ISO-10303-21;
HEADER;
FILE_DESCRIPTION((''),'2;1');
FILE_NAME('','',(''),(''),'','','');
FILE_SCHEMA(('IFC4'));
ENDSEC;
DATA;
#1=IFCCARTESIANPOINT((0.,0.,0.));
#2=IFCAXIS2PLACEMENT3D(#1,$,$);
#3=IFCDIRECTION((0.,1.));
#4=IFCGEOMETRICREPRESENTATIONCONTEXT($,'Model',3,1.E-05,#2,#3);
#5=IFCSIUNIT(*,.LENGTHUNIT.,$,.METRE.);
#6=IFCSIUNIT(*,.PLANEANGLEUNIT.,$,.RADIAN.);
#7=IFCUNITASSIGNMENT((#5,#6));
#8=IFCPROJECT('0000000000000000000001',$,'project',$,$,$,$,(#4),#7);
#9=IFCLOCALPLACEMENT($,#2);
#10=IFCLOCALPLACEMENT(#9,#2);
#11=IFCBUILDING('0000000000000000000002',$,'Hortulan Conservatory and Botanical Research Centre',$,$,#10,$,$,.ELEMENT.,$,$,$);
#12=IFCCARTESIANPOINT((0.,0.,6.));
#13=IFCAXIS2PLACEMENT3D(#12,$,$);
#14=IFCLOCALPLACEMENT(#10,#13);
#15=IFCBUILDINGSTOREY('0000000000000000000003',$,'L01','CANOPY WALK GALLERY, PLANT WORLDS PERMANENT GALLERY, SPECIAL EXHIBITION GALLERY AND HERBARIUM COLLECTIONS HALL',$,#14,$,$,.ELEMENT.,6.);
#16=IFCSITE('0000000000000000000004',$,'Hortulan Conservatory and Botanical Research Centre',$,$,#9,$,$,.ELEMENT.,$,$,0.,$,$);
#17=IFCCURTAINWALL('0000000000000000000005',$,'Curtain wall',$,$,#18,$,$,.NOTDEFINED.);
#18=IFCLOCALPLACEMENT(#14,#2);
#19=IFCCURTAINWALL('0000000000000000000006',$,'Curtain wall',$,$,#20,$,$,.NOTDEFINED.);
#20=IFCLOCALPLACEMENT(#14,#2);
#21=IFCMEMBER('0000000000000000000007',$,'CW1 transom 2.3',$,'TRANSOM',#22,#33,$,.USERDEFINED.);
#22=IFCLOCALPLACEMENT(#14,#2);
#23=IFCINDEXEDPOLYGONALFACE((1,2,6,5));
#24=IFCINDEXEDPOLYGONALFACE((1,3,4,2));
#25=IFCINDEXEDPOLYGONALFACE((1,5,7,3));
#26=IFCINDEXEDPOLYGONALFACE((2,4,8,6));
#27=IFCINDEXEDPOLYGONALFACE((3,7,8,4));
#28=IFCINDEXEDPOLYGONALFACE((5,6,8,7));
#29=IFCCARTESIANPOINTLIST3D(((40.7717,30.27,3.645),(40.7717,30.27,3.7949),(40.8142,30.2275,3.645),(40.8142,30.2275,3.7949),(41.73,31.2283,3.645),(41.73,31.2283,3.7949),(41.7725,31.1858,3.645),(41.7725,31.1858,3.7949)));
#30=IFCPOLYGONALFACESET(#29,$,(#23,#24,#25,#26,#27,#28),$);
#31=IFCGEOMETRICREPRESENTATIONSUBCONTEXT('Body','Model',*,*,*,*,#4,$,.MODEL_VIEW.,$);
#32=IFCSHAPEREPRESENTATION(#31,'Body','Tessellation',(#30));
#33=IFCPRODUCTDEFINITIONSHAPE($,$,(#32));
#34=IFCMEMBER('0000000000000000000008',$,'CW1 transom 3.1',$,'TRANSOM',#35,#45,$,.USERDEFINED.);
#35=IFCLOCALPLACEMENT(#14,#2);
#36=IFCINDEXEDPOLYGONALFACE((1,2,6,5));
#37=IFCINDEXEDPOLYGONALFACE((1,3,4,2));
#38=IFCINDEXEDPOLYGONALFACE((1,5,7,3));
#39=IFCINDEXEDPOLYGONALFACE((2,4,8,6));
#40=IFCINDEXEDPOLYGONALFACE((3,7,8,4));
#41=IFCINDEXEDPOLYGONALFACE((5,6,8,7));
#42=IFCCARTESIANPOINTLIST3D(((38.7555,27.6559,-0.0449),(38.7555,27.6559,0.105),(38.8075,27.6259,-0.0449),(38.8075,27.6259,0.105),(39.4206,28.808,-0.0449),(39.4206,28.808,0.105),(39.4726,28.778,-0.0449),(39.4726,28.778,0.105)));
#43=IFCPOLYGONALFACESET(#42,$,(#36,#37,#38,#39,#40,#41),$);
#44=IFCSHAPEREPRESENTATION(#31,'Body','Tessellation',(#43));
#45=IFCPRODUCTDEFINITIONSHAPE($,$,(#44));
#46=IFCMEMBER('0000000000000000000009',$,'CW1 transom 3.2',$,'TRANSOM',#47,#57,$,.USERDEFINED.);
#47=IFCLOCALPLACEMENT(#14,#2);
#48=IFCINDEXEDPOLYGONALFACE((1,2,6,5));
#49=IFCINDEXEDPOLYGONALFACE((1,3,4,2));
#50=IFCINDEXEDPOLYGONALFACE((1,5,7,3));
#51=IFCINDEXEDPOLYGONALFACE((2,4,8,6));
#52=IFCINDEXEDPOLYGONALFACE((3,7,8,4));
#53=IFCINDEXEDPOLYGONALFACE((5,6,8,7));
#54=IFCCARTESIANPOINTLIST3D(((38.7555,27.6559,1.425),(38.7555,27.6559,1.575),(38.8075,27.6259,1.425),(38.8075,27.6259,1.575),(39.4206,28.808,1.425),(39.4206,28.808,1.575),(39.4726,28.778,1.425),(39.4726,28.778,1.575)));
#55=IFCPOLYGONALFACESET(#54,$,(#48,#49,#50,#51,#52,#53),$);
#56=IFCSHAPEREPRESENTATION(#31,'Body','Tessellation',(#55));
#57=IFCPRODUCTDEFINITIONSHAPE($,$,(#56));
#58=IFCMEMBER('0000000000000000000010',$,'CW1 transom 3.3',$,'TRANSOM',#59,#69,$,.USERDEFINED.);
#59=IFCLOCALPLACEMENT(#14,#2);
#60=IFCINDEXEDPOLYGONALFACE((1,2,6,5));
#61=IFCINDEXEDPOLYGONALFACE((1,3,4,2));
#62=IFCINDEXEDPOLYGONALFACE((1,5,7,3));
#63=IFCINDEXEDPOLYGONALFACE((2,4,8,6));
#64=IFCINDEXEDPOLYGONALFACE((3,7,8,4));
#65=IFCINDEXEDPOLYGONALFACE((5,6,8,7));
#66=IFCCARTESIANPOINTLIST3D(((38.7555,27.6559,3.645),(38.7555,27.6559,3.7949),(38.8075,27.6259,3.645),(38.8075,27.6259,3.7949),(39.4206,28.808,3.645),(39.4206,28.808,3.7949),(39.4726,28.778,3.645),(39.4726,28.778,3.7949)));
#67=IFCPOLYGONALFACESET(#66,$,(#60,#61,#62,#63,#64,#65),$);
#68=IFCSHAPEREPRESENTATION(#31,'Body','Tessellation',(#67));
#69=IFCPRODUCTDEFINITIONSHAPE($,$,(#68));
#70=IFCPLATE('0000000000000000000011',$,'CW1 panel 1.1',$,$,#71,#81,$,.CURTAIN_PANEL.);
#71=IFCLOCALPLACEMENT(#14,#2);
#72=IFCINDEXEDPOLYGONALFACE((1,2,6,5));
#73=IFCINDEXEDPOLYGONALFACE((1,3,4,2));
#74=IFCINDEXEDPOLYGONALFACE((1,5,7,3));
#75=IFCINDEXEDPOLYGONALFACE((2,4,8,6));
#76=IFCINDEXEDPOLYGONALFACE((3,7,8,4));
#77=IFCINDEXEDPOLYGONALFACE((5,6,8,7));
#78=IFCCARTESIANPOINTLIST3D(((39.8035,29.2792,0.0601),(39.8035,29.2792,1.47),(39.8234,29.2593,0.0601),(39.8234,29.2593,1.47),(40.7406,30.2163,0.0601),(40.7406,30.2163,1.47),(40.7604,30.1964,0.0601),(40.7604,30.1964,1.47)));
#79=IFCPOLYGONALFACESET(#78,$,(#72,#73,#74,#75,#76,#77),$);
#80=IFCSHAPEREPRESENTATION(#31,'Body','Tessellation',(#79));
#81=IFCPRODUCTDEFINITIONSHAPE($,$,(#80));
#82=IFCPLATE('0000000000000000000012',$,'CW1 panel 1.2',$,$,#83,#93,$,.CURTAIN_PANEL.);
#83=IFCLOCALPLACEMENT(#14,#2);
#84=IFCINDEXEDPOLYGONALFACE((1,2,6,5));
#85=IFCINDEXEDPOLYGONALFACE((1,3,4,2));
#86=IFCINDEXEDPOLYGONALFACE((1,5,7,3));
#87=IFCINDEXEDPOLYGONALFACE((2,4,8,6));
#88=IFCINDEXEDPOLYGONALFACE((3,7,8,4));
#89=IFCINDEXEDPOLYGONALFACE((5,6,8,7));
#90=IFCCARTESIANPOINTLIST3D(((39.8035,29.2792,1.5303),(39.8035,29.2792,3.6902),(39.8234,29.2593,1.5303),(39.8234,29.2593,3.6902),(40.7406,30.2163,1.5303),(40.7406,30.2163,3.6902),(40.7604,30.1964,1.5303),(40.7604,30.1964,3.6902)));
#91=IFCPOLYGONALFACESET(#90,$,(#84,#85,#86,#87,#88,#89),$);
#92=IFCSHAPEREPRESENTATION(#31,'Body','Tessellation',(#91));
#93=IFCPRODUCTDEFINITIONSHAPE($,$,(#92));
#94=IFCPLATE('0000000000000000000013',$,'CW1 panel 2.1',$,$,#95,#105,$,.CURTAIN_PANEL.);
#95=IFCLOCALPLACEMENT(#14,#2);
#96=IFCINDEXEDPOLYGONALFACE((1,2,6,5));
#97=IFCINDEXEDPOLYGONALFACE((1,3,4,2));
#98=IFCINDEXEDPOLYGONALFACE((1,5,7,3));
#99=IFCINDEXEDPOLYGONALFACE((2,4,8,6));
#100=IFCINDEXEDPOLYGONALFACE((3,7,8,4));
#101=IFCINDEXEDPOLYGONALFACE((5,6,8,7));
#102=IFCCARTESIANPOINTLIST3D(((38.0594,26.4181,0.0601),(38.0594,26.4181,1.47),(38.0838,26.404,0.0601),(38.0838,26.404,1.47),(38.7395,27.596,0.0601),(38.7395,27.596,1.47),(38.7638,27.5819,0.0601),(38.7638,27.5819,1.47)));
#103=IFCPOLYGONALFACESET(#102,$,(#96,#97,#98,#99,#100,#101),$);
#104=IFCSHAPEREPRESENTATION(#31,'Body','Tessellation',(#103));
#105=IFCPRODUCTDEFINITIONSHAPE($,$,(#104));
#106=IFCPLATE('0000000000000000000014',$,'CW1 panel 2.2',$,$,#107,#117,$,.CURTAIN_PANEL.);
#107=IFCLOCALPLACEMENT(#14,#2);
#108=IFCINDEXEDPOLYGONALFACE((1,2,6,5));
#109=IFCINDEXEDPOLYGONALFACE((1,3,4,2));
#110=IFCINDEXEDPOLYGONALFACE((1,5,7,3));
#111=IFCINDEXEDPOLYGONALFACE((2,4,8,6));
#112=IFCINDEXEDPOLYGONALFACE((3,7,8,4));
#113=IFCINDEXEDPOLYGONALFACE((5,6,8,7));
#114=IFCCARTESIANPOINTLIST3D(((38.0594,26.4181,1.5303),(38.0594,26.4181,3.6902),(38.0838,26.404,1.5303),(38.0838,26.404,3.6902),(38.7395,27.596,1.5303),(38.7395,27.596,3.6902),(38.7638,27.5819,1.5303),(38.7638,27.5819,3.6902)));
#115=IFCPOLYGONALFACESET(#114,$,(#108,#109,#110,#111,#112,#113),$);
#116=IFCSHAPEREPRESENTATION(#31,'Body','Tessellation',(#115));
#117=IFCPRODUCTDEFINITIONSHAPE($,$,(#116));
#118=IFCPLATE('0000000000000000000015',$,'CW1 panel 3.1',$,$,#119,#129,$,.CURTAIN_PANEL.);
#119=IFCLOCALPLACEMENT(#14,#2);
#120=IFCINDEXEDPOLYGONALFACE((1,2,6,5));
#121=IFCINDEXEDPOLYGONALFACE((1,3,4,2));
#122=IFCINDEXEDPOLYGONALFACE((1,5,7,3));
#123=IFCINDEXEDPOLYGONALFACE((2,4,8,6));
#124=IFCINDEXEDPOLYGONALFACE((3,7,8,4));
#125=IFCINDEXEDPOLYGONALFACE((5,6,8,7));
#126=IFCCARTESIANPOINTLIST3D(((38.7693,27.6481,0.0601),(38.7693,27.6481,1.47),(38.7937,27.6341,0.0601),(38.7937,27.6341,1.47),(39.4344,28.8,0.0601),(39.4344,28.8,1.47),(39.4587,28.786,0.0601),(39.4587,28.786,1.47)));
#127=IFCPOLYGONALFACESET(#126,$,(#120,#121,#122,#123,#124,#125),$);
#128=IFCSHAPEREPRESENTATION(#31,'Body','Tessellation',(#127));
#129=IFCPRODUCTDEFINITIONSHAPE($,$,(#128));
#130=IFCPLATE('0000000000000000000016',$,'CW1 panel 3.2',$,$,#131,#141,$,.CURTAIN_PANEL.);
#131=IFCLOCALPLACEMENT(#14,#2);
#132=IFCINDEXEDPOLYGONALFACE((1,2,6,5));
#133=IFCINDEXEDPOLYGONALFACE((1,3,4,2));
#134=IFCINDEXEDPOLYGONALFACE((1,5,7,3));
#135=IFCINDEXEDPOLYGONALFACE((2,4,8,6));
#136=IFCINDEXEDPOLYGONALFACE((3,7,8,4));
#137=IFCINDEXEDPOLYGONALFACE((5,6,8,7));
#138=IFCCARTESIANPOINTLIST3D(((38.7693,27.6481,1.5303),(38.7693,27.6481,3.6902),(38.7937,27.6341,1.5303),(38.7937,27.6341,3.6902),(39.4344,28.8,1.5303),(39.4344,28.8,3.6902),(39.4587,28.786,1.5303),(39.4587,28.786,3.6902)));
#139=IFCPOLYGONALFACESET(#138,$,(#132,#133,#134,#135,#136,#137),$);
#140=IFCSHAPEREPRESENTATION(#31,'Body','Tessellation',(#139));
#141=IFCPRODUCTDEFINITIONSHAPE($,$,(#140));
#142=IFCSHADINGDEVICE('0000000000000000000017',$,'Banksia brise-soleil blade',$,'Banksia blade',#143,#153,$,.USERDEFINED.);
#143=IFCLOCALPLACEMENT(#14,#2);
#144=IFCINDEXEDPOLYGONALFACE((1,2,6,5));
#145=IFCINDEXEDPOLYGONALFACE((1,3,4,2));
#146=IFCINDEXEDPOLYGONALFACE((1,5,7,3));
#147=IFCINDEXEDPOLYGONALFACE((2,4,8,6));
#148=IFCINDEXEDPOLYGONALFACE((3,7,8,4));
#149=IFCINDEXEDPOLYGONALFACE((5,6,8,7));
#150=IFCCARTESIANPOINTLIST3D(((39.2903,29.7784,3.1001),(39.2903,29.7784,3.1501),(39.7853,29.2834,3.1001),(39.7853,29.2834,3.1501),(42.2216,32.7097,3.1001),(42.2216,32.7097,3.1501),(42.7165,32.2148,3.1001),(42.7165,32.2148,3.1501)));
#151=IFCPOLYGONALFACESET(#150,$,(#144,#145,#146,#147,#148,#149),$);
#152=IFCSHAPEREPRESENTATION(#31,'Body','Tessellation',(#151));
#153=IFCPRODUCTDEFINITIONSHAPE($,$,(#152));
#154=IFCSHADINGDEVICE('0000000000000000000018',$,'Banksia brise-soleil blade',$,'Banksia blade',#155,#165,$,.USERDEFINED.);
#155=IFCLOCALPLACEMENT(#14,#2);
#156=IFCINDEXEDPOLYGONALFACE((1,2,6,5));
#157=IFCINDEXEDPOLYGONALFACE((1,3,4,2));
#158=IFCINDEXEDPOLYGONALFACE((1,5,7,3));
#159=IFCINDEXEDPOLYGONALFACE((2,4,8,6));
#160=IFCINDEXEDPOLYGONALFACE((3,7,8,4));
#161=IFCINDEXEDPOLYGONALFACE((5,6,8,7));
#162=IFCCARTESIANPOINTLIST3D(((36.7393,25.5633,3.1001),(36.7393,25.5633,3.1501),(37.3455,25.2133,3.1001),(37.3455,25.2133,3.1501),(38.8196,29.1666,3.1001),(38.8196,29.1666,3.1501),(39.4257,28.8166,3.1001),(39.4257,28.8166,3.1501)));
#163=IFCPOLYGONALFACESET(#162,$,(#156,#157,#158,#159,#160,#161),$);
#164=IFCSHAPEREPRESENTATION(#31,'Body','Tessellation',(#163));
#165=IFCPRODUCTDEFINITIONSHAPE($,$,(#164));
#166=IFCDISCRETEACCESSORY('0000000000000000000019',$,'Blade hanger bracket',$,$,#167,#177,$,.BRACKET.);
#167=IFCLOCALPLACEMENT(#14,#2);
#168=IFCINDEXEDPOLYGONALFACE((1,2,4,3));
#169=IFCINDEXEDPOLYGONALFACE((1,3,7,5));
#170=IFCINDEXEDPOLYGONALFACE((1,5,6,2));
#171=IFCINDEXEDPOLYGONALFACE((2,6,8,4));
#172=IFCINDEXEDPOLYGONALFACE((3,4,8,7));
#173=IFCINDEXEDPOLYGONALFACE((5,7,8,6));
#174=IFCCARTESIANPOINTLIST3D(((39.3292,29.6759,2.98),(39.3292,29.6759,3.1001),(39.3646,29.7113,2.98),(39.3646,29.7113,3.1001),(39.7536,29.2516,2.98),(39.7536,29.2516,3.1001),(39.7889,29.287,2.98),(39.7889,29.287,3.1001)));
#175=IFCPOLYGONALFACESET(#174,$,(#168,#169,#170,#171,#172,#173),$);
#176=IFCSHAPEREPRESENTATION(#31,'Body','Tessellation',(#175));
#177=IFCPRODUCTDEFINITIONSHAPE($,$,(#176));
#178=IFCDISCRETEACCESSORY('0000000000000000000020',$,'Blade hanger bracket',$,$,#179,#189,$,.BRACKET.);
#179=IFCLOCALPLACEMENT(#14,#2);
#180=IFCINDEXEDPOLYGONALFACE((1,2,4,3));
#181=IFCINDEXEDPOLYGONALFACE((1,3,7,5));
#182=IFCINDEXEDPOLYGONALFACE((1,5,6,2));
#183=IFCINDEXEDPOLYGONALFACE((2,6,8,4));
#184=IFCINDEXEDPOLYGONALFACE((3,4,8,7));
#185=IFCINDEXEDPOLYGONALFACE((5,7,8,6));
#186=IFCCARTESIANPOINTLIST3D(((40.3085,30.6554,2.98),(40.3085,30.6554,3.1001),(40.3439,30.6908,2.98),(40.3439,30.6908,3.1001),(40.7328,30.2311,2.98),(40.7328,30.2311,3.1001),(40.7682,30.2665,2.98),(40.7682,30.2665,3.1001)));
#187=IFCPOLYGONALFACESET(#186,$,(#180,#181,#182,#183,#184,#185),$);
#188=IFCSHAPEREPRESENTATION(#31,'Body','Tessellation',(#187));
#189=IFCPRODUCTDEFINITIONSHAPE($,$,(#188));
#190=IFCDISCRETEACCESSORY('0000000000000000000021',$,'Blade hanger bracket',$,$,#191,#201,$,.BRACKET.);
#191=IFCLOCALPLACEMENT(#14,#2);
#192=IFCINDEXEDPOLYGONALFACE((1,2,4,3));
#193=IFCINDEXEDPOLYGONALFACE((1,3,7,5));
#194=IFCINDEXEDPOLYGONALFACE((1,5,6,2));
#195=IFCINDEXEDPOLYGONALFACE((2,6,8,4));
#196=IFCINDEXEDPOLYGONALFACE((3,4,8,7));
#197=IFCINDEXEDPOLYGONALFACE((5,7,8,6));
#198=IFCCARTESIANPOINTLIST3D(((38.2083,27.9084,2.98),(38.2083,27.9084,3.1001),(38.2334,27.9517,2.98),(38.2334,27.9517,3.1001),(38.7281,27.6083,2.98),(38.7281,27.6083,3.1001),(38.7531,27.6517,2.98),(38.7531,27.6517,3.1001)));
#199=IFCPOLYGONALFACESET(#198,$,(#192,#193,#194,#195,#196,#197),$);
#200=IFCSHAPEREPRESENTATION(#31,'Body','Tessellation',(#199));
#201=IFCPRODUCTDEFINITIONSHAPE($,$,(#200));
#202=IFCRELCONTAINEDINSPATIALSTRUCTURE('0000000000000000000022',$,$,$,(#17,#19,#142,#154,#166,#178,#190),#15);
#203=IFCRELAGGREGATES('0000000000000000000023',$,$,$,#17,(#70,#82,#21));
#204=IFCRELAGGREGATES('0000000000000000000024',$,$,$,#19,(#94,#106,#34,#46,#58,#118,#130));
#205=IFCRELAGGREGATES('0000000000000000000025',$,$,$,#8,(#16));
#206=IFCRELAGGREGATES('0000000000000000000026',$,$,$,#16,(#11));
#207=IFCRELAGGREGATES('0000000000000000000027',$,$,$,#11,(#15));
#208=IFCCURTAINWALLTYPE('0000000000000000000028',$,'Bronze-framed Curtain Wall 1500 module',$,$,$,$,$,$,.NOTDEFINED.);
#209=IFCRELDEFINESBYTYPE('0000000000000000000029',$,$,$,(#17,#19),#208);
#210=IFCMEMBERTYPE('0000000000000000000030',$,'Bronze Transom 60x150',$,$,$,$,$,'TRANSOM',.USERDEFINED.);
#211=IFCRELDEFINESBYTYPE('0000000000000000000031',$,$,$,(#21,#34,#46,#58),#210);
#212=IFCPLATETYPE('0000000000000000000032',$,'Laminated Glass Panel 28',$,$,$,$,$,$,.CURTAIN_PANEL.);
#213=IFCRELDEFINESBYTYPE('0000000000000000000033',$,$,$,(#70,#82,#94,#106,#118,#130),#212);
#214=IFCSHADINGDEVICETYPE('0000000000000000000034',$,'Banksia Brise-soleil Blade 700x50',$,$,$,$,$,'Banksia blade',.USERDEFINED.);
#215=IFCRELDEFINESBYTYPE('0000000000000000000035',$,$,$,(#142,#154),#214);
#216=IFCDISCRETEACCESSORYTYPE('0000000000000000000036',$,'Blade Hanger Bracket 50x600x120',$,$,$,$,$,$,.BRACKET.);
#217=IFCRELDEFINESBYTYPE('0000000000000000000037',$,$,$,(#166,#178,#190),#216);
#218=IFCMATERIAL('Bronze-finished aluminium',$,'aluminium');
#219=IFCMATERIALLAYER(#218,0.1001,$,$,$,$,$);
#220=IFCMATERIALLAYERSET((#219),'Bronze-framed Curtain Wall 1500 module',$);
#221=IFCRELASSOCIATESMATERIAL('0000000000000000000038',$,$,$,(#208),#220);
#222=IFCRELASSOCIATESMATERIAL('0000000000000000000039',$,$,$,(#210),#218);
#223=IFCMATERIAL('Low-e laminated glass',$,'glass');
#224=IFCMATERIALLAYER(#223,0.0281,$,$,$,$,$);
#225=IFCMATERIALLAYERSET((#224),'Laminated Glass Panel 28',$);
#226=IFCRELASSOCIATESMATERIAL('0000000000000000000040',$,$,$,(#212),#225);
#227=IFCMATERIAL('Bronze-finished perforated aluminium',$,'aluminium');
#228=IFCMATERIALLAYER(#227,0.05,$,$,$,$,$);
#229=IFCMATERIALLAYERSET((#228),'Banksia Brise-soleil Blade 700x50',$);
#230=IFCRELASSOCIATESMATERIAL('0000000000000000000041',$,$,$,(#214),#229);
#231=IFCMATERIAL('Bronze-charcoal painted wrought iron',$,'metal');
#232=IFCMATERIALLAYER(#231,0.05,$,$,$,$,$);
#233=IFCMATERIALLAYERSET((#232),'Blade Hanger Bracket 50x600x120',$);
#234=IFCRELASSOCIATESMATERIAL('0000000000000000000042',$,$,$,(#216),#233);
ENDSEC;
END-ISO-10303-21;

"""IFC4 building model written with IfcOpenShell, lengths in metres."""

from ifc_helpers import new_model, si_unit, direction, frame, origin, origin_2d, place, context, subcontext, project, spatial, rectangle, extrude, material, layer, layer_set, material_profile, profile_set, type_object, element, aggregate, save


model = new_model("IFC4")

# Units and contexts
model_context = context("Model", 3, precision=1e-05, world=origin(), true_north=direction((0.0, 1.0)))
body_context = subcontext(model_context, "Body", "Model", "MODEL_VIEW")
ifc_project = project(units=[si_unit("LENGTHUNIT", "METRE"), si_unit("PLANEANGLEUNIT", "RADIAN")], contexts=[model_context])

# Site, building, storey
site_placement = place(None, origin())
site = spatial("IfcSite", under=ifc_project, at=site_placement, Name="Hortulan Conservatory and Botanical Research Centre", CompositionType="ELEMENT", RefElevation=0.0)
building_placement = place(site_placement, origin())
building = spatial("IfcBuilding", under=site, at=building_placement, Name="Hortulan Conservatory and Botanical Research Centre", CompositionType="ELEMENT")
storey_placement = place(building_placement, frame((0.0, 0.0, 6.0)))
storey = spatial("IfcBuildingStorey", under=building, at=storey_placement, Name="L01", Description="CANOPY WALK GALLERY, PLANT WORLDS PERMANENT GALLERY, SPECIAL EXHIBITION GALLERY AND HERBARIUM COLLECTIONS HALL", CompositionType="ELEMENT", Elevation=6.0)

# Curtain walls
ifc_material_1 = material(Name="Bronze-finished aluminium", Category="aluminium")
ifc_layer_1 = layer(ifc_material_1, 0.1001)
ifc_layer_set_1 = layer_set([ifc_layer_1], Name="Bronze-framed Curtain Wall 1500 module")
curtain_wall_type = type_object("IfcCurtainWallType", Name="Bronze-framed Curtain Wall 1500 module", PredefinedType="NOTDEFINED", material=ifc_layer_set_1)
curtain_wall_1_placement = place(storey_placement, origin())
curtain_wall_1 = element("IfcCurtainWall", 1, at=curtain_wall_1_placement, inside=storey, type_object=curtain_wall_type, Name="Curtain wall", PredefinedType="NOTDEFINED")
curtain_wall_2_placement = place(storey_placement, origin())
curtain_wall_2 = element("IfcCurtainWall", 2, at=curtain_wall_2_placement, inside=storey, type_object=curtain_wall_type, Name="Curtain wall", PredefinedType="NOTDEFINED")

# Members
ifc_material_profile_1 = material_profile(ifc_material_1, rectangle(XDim=0.0601, YDim=0.1499, at=origin_2d()), Name="Bronze Transom 60x150")
ifc_profile_set_1 = profile_set([ifc_material_profile_1], Name="Bronze-finished aluminium")
member_type_1 = type_object("IfcMemberType", Name="Bronze Transom 60x150", ElementType="TRANSOM", PredefinedType="USERDEFINED", material=ifc_profile_set_1)
member_1_placement = place(storey_placement, frame((40.793, 30.2488, 3.72), z_axis=(0.707107, 0.707107, 0.0), x_axis=(-0.707107, 0.707107, 0.0)))
member_1 = element("IfcMember", 3, at=member_1_placement, type_object=member_type_1, Name="CW1 transom 2.3", ObjectType="TRANSOM", PredefinedType="USERDEFINED", context=body_context, shape_type="SweptSolid", body=[
    extrude(rectangle(XDim=0.0601, YDim=0.1499, at=origin_2d()), origin(), (0.0, 0.0, 1.0), 1.3552),
])
member_2_placement = place(storey_placement, frame((38.7815, 27.6409, 0.03), z_axis=(0.499929, 0.866066, 0.0), x_axis=(-0.866066, 0.499929, 0.0)))
member_2 = element("IfcMember", 4, at=member_2_placement, type_object=member_type_1, Name="CW1 transom 3.1", ObjectType="TRANSOM", PredefinedType="USERDEFINED", context=body_context, shape_type="SweptSolid", body=[
    extrude(rectangle(XDim=0.0601, YDim=0.1499, at=origin_2d()), origin(), (0.0, 0.0, 1.0), 1.3303),
])
member_3_placement = place(storey_placement, frame((38.7815, 27.6409, 1.5), z_axis=(0.499929, 0.866066, 0.0), x_axis=(-0.866066, 0.499929, 0.0)))
member_3 = element("IfcMember", 5, at=member_3_placement, type_object=member_type_1, Name="CW1 transom 3.2", ObjectType="TRANSOM", PredefinedType="USERDEFINED", context=body_context, shape_type="SweptSolid", body=[
    extrude(rectangle(XDim=0.0601, YDim=0.1499, at=origin_2d()), origin(), (0.0, 0.0, 1.0), 1.3303),
])
member_4_placement = place(storey_placement, frame((38.7815, 27.6409, 3.72), z_axis=(0.499929, 0.866066, 0.0), x_axis=(-0.866066, 0.499929, 0.0)))
member_4 = element("IfcMember", 6, at=member_4_placement, type_object=member_type_1, Name="CW1 transom 3.3", ObjectType="TRANSOM", PredefinedType="USERDEFINED", context=body_context, shape_type="SweptSolid", body=[
    extrude(rectangle(XDim=0.0601, YDim=0.1499, at=origin_2d()), origin(), (0.0, 0.0, 1.0), 1.3303),
])

# Plates
ifc_material_2 = material(Name="Low-e laminated glass", Category="glass")
ifc_layer_2 = layer(ifc_material_2, 0.0281)
ifc_layer_set_2 = layer_set([ifc_layer_2], Name="Laminated Glass Panel 28")
plate_type = type_object("IfcPlateType", Name="Laminated Glass Panel 28", PredefinedType="CURTAIN_PANEL", material=ifc_layer_set_2)
plate_1_placement = place(storey_placement, frame((40.282, 29.7378, 0.0601), z_axis=(0.0, 0.0, 1.0), x_axis=(0.707095, 0.707119, 0.0)))
plate_1 = element("IfcPlate", 7, at=plate_1_placement, type_object=plate_type, Name="CW1 panel 1.1", PredefinedType="CURTAIN_PANEL", context=body_context, shape_type="SweptSolid", body=[
    extrude(rectangle(XDim=1.3252, YDim=0.0281, at=origin_2d()), origin(), (0.0, 0.0, 1.0), 1.4099),
])
plate_2_placement = place(storey_placement, frame((40.282, 29.7378, 1.5303), z_axis=(0.0, 0.0, 1.0), x_axis=(0.707095, 0.707119, 0.0)))
plate_2 = element("IfcPlate", 8, at=plate_2_placement, type_object=plate_type, Name="CW1 panel 1.2", PredefinedType="CURTAIN_PANEL", context=body_context, shape_type="SweptSolid", body=[
    extrude(rectangle(XDim=1.3252, YDim=0.0281, at=origin_2d()), origin(), (0.0, 0.0, 1.0), 2.1599),
])
aggregate(curtain_wall_1, [plate_1, plate_2, member_1])
plate_3_placement = place(storey_placement, frame((38.4116, 27.0, 0.0601), z_axis=(0.0, 0.0, 1.0), x_axis=(0.499981, 0.866036, 0.0)))
plate_3 = element("IfcPlate", 9, at=plate_3_placement, type_object=plate_type, Name="CW1 panel 2.1", PredefinedType="CURTAIN_PANEL", context=body_context, shape_type="SweptSolid", body=[
    extrude(rectangle(XDim=1.3601, YDim=0.0281, at=origin_2d()), origin(), (0.0, 0.0, 1.0), 1.4099),
])
plate_4_placement = place(storey_placement, frame((38.4116, 27.0, 1.5303), z_axis=(0.0, 0.0, 1.0), x_axis=(0.499981, 0.866036, 0.0)))
plate_4 = element("IfcPlate", 10, at=plate_4_placement, type_object=plate_type, Name="CW1 panel 2.2", PredefinedType="CURTAIN_PANEL", context=body_context, shape_type="SweptSolid", body=[
    extrude(rectangle(XDim=1.3601, YDim=0.0281, at=origin_2d()), origin(), (0.0, 0.0, 1.0), 2.1599),
])
plate_5_placement = place(storey_placement, frame((39.114, 28.217, 0.0601), z_axis=(0.0, 0.0, 1.0), x_axis=(0.499981, 0.866036, 0.0)))
plate_5 = element("IfcPlate", 11, at=plate_5_placement, type_object=plate_type, Name="CW1 panel 3.1", PredefinedType="CURTAIN_PANEL", context=body_context, shape_type="SweptSolid", body=[
    extrude(rectangle(XDim=1.3301, YDim=0.0281, at=origin_2d()), origin(), (0.0, 0.0, 1.0), 1.4099),
])
plate_6_placement = place(storey_placement, frame((39.114, 28.217, 1.5303), z_axis=(0.0, 0.0, 1.0), x_axis=(0.499981, 0.866036, 0.0)))
plate_6 = element("IfcPlate", 12, at=plate_6_placement, type_object=plate_type, Name="CW1 panel 3.2", PredefinedType="CURTAIN_PANEL", context=body_context, shape_type="SweptSolid", body=[
    extrude(rectangle(XDim=1.3301, YDim=0.0281, at=origin_2d()), origin(), (0.0, 0.0, 1.0), 2.1599),
])
aggregate(curtain_wall_2, [plate_3, plate_4, member_2, member_3, member_4, plate_5, plate_6])

# Shading devices
ifc_material_3 = material(Name="Bronze-finished perforated aluminium", Category="aluminium")
ifc_layer_3 = layer(ifc_material_3, 0.05)
ifc_layer_set_3 = layer_set([ifc_layer_3], Name="Banksia Brise-soleil Blade 700x50")
shading_device_type = type_object("IfcShadingDeviceType", Name="Banksia Brise-soleil Blade 700x50", ElementType="Banksia blade", PredefinedType="USERDEFINED", material=ifc_layer_set_3)
shading_device_1_placement = place(storey_placement, frame((41.0034, 30.9966, 3.1001), z_axis=(0.0, 0.0, 1.0), x_axis=(0.707094, 0.707119, 0.0)))
element("IfcShadingDevice", 13, at=shading_device_1_placement, inside=storey, type_object=shading_device_type, Name="Banksia brise-soleil blade", ObjectType="Banksia blade", PredefinedType="USERDEFINED", context=body_context, shape_type="SweptSolid", body=[
    extrude(rectangle(XDim=4.1455, YDim=0.7, at=origin_2d()), origin(), (0.0, 0.0, 1.0), 0.05),
])
shading_device_2_placement = place(storey_placement, frame((38.0825, 27.1899, 3.1001), z_axis=(0.0, 0.0, 1.0), x_axis=(0.499982, 0.866036, 0.0)))
element("IfcShadingDevice", 14, at=shading_device_2_placement, inside=storey, type_object=shading_device_type, Name="Banksia brise-soleil blade", ObjectType="Banksia blade", PredefinedType="USERDEFINED", context=body_context, shape_type="SweptSolid", body=[
    extrude(rectangle(XDim=4.1606, YDim=0.7, at=origin_2d()), origin(), (0.0, 0.0, 1.0), 0.05),
])

# Discrete accessories
ifc_material_4 = material(Name="Bronze-charcoal painted wrought iron", Category="metal")
ifc_layer_4 = layer(ifc_material_4, 0.05)
ifc_layer_set_4 = layer_set([ifc_layer_4], Name="Blade Hanger Bracket 50x600x120")
discrete_accessory_type = type_object("IfcDiscreteAccessoryType", Name="Blade Hanger Bracket 50x600x120", PredefinedType="BRACKET", material=ifc_layer_set_4)
for number, where, z_axis, x_axis, name in (
    (15, (39.5591, 29.4814, 2.98), (0.0, 0.0, 1.0), (0.707094, 0.707119, 0.0), "Blade hanger bracket"),
    (16, (40.5383, 30.4609, 2.98), (0.0, 0.0, 1.0), (0.707094, 0.707119, 0.0), "Blade hanger bracket"),
    (17, (38.4807, 27.78, 2.98), (0.0, 0.0, 1.0), (0.499982, 0.866036, 0.0), "Blade hanger bracket"),
):
    element("IfcDiscreteAccessory", number, at=place(storey_placement, frame(where, z_axis=z_axis, x_axis=x_axis)), inside=storey, type_object=discrete_accessory_type, Name=name, PredefinedType="BRACKET", context=body_context, shape_type="SweptSolid", body=[
        extrude(rectangle(XDim=0.05, YDim=0.6001, at=origin_2d()), origin(), (0.0, 0.0, 1.0), 0.1201),
    ])

save(model, "model.ifc")
